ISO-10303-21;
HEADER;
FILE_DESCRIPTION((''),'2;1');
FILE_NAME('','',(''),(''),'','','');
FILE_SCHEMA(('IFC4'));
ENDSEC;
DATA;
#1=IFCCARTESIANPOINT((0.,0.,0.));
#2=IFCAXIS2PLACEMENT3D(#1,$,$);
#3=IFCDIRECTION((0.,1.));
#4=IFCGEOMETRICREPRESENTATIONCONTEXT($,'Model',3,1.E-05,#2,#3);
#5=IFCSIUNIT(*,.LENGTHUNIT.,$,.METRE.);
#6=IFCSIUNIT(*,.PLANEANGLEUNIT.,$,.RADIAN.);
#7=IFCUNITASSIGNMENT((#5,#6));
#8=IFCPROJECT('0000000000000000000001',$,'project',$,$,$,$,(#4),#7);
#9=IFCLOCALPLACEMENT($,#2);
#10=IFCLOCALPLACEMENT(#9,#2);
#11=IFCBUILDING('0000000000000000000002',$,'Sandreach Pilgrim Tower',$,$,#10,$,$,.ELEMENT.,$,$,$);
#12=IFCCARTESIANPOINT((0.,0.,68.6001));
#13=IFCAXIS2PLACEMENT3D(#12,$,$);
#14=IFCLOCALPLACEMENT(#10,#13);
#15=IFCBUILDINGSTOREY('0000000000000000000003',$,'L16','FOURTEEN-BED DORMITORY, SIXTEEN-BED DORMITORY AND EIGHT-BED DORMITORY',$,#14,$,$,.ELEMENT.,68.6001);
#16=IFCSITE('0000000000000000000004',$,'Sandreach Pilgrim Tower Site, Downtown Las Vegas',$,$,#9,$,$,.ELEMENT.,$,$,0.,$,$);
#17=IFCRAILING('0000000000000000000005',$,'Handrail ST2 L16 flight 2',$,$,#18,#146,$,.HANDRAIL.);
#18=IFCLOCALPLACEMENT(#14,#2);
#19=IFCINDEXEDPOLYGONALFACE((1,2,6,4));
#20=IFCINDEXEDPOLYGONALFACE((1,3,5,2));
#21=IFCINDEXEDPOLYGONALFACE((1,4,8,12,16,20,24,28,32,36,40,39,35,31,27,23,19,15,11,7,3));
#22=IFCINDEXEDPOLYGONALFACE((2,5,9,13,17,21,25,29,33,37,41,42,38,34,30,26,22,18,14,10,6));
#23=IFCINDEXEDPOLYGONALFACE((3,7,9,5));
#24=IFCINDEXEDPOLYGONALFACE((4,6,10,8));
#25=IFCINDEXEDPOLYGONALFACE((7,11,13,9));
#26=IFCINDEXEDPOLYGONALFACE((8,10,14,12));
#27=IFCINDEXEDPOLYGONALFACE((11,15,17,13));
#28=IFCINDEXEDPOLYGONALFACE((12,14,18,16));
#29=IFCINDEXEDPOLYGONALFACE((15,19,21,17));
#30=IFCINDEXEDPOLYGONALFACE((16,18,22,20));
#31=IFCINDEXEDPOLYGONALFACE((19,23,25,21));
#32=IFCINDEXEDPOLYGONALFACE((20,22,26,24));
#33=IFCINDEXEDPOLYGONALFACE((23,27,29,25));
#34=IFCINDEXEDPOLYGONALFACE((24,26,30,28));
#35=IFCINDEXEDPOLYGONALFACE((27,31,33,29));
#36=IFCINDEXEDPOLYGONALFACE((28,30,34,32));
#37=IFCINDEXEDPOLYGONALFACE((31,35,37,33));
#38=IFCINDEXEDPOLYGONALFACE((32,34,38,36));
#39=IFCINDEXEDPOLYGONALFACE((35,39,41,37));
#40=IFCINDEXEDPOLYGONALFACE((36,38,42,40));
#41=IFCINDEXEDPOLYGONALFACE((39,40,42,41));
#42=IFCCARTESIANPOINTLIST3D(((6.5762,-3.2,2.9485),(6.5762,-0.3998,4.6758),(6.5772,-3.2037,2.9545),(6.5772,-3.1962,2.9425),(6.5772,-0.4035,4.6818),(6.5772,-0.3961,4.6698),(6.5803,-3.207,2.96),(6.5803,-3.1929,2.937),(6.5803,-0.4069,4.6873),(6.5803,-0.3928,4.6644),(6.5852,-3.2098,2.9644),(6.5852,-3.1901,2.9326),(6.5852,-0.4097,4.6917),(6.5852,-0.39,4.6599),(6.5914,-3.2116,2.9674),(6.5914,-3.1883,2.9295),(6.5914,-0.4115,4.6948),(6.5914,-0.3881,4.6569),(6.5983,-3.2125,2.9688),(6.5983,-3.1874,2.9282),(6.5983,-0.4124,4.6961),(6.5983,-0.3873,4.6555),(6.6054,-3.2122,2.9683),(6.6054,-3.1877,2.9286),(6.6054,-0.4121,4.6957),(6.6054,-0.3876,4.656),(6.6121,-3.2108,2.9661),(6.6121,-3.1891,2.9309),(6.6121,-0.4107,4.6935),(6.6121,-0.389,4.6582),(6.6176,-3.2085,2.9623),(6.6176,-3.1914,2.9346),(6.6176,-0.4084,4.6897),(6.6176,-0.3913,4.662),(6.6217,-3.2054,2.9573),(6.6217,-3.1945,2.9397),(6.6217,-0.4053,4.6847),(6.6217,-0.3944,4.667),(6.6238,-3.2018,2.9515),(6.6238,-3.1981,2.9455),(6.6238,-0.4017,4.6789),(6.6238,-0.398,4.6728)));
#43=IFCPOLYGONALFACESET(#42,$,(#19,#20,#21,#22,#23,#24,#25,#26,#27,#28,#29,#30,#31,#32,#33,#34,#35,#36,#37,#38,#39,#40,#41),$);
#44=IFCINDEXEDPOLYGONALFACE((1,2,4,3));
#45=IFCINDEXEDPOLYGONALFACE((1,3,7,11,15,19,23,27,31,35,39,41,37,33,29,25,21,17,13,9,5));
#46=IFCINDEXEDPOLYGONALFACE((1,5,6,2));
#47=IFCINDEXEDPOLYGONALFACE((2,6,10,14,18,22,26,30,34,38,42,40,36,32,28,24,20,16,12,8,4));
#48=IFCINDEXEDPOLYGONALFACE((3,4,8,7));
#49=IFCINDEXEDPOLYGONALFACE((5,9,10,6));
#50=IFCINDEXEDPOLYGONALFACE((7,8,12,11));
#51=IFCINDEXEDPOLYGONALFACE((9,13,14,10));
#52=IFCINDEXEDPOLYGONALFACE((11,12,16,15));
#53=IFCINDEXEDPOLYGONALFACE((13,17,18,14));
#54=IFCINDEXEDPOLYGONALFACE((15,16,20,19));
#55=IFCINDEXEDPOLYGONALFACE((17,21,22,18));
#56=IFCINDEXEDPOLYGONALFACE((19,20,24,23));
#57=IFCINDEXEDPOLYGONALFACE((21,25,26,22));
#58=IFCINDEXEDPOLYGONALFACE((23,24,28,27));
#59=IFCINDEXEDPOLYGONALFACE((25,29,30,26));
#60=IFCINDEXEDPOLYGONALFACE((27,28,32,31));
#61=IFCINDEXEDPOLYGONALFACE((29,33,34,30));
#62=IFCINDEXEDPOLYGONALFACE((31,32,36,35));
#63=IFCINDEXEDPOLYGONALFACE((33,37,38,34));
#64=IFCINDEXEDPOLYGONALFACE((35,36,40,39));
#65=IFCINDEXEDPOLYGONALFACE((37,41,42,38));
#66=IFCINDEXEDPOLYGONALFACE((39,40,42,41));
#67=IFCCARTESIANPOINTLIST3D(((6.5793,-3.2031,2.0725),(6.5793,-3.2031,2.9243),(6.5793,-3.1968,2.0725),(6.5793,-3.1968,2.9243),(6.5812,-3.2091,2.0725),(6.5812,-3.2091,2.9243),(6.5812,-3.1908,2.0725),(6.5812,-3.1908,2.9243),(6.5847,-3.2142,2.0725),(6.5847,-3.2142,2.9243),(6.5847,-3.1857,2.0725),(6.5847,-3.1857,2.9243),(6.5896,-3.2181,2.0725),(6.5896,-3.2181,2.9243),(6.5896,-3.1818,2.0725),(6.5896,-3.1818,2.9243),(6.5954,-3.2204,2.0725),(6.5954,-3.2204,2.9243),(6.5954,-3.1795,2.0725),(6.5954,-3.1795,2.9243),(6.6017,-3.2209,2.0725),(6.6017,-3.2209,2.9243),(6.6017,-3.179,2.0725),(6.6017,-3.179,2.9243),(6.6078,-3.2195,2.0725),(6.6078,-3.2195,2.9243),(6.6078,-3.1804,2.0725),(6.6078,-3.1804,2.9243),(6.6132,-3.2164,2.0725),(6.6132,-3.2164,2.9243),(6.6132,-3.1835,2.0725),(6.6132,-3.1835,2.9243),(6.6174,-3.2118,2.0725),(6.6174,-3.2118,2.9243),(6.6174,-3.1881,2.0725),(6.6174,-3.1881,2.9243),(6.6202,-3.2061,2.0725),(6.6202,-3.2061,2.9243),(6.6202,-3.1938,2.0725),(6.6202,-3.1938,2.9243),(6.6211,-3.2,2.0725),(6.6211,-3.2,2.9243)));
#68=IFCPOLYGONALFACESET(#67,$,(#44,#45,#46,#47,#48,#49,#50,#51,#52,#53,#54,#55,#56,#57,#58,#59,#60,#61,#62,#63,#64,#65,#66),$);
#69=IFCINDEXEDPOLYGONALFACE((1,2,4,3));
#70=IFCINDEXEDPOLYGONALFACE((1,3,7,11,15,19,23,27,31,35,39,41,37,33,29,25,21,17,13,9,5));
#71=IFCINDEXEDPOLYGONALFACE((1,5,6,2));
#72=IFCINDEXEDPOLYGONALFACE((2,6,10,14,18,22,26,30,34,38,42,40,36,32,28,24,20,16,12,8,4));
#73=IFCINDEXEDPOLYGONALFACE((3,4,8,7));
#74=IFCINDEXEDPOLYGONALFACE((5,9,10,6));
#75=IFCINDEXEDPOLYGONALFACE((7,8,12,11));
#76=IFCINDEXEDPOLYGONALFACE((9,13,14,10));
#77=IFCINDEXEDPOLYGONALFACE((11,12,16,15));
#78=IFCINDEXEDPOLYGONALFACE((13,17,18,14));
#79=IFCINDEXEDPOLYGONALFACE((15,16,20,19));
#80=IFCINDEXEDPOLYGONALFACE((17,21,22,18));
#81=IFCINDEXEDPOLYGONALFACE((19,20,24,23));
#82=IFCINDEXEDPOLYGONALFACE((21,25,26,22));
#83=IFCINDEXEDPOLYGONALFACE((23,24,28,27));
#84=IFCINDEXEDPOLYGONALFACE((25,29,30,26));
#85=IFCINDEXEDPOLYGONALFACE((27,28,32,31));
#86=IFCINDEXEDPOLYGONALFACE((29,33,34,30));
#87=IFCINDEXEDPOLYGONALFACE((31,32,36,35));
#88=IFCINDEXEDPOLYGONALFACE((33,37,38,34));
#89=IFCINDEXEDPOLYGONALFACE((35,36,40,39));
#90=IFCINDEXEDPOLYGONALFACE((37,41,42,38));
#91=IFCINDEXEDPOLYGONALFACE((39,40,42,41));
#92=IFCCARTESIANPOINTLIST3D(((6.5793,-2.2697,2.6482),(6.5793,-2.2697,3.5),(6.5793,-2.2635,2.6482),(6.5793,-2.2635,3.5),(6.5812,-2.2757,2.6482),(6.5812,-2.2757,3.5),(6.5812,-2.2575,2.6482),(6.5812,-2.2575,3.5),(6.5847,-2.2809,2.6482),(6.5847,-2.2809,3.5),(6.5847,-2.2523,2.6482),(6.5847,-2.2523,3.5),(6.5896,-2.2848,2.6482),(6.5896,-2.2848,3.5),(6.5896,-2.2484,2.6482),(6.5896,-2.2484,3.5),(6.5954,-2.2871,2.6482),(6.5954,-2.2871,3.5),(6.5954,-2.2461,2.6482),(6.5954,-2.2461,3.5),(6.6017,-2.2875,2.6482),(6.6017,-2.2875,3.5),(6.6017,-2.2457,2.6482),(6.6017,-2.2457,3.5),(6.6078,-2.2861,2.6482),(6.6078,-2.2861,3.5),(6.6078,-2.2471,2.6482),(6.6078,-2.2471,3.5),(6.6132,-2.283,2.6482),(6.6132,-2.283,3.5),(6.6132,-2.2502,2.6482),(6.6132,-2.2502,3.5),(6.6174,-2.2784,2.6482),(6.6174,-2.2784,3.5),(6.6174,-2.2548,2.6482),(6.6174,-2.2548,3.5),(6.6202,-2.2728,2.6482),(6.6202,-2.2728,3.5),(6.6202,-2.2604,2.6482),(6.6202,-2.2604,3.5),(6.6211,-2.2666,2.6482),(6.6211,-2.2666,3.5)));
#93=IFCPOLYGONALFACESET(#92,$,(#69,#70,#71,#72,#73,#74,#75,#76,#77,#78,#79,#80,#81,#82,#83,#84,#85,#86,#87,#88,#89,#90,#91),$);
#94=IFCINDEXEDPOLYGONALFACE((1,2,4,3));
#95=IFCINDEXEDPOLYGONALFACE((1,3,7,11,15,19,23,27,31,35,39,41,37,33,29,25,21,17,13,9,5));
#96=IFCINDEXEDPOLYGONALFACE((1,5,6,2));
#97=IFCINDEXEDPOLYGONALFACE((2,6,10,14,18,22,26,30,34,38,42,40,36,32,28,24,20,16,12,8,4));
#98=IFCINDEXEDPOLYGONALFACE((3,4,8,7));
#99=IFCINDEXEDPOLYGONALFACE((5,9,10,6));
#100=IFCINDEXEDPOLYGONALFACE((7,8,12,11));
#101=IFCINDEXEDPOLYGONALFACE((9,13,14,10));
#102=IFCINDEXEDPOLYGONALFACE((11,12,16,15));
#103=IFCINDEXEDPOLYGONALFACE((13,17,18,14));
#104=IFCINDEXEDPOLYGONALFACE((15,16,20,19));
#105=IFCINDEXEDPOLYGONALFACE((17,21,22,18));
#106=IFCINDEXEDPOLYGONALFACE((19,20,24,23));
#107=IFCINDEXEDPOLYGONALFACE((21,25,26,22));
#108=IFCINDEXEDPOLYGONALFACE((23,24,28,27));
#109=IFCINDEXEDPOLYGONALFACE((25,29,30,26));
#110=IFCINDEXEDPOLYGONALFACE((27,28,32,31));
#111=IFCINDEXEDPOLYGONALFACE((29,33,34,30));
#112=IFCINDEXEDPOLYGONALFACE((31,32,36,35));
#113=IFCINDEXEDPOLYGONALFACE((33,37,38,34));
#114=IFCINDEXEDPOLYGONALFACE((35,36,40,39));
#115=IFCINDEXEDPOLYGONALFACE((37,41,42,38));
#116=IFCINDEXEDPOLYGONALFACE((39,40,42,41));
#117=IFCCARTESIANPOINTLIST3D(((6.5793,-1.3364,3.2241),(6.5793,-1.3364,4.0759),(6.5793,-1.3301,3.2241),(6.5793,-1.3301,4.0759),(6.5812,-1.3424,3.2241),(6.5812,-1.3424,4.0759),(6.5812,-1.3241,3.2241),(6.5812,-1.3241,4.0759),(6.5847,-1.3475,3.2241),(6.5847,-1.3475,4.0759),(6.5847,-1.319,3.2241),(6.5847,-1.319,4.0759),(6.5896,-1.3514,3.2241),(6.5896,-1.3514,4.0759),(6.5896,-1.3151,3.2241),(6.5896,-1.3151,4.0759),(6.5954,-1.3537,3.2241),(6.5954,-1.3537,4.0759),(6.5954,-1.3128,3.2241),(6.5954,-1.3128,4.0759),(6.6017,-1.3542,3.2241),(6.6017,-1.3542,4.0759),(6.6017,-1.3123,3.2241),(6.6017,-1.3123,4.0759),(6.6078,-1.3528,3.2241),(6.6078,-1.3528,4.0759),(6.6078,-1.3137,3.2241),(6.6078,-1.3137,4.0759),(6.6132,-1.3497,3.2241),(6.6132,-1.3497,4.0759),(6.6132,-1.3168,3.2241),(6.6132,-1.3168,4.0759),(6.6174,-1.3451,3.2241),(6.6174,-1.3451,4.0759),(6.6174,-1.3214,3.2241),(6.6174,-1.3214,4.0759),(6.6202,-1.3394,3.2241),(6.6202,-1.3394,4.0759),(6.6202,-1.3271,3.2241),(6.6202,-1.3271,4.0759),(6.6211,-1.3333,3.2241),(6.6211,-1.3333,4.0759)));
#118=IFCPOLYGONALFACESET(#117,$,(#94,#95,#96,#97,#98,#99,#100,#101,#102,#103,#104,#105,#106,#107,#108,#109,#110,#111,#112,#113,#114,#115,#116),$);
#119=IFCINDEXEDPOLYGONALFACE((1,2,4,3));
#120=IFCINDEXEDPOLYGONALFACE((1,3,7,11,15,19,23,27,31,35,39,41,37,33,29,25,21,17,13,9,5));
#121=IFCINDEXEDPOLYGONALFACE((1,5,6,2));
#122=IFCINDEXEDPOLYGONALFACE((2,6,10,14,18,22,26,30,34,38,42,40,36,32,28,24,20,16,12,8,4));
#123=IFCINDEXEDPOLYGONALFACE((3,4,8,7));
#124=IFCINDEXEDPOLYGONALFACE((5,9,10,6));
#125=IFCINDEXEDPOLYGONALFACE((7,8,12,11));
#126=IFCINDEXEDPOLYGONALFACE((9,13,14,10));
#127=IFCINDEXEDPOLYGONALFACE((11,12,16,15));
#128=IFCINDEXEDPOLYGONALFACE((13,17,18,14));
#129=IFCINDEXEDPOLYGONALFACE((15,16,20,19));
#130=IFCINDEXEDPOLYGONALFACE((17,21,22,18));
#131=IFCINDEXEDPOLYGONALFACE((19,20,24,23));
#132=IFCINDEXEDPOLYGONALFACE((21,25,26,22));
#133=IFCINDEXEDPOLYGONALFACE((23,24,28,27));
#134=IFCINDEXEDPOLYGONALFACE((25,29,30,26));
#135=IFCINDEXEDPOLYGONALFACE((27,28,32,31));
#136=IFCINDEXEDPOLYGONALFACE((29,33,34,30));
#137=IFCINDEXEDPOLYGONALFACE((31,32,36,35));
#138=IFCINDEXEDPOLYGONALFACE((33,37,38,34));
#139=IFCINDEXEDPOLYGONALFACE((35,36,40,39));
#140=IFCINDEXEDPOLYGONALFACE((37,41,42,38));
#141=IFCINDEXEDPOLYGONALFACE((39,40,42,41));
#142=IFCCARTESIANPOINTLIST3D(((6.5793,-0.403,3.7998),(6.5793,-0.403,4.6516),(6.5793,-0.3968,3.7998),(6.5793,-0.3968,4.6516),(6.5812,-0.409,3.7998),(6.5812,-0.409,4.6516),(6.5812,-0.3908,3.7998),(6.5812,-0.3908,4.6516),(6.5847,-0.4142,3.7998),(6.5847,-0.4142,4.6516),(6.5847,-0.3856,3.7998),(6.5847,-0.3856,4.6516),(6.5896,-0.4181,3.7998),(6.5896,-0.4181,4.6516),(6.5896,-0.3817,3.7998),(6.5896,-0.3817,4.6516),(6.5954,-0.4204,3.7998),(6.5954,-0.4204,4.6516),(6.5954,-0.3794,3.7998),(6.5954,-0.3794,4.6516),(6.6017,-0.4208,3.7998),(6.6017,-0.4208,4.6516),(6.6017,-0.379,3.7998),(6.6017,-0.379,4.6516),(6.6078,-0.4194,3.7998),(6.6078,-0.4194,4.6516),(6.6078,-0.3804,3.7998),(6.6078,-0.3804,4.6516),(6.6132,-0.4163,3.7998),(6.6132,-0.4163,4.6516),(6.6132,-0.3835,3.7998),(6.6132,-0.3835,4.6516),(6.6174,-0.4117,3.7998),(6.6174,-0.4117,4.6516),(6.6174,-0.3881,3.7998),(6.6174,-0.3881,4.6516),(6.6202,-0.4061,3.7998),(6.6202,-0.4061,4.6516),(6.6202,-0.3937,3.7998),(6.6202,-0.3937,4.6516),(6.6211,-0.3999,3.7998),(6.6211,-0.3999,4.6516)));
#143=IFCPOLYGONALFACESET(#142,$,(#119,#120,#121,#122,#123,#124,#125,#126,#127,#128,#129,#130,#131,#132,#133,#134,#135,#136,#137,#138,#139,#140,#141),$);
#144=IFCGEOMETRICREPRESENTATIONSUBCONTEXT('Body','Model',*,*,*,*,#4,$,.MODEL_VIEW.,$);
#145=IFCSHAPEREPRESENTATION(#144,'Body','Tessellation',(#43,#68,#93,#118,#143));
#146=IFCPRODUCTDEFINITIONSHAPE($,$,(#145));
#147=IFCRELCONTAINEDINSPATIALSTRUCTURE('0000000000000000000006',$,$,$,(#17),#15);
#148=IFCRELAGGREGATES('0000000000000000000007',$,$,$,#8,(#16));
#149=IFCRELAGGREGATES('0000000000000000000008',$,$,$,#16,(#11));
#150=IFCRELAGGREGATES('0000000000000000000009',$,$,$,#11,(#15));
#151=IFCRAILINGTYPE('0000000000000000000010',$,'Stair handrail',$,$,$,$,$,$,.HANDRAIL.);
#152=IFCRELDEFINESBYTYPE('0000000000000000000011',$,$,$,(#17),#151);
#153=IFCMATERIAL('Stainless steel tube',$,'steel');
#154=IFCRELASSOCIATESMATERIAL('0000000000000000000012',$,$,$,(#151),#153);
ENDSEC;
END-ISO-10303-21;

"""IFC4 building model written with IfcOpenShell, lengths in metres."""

from ifc_helpers import new_model, si_unit, direction, frame, origin, origin_2d, place, context, subcontext, project, spatial, circle, extrude, material, type_object, element, save


model = new_model("IFC4")

# Units and contexts
model_context = context("Model", 3, precision=1e-05, world=origin(), true_north=direction((0.0, 1.0)))
body_context = subcontext(model_context, "Body", "Model", "MODEL_VIEW")
ifc_project = project(units=[si_unit("LENGTHUNIT", "METRE"), si_unit("PLANEANGLEUNIT", "RADIAN")], contexts=[model_context])

# Site, building, storey
site_placement = place(None, origin())
site = spatial("IfcSite", under=ifc_project, at=site_placement, Name="Sandreach Pilgrim Tower Site, Downtown Las Vegas", CompositionType="ELEMENT", RefElevation=0.0)
building_placement = place(site_placement, origin())
building = spatial("IfcBuilding", under=site, at=building_placement, Name="Sandreach Pilgrim Tower", CompositionType="ELEMENT")
storey_placement = place(building_placement, frame((0.0, 0.0, 68.6001)))
storey = spatial("IfcBuildingStorey", under=building, at=storey_placement, Name="L16", Description="FOURTEEN-BED DORMITORY, SIXTEEN-BED DORMITORY AND EIGHT-BED DORMITORY", CompositionType="ELEMENT", Elevation=68.6001)

# Railing
ifc_material_1 = material(Name="Stainless steel tube", Category="steel")
railing_type = type_object("IfcRailingType", Name="Stair handrail", PredefinedType="HANDRAIL", material=ifc_material_1)
for number, where, name in (
    (1, (6.6001, -3.2, 2.0725), "Handrail ST2 L16 flight 2"),
):
    element("IfcRailing", number, at=place(storey_placement, frame(where)), inside=storey, type_object=railing_type, Name=name, PredefinedType="HANDRAIL", context=body_context, shape_type="SweptSolid", body=[
        extrude(circle(Radius=0.0239, at=origin_2d()), frame((0.0, 0.0, 0.876), z_axis=(0.0, 0.85109, 0.52502), x_axis=(-1.0, 0.0, 0.0)), (0.0, 0.0, 1.0), 3.29),
        extrude(circle(Radius=0.021, at=origin_2d()), origin(), (0.0, 0.0, 1.0), 0.8518),
        extrude(circle(Radius=0.021, at=origin_2d()), frame((0.0, 0.9333, 0.5757)), (0.0, 0.0, 1.0), 0.8518),
        extrude(circle(Radius=0.021, at=origin_2d()), frame((0.0, 1.8667, 1.1516)), (0.0, 0.0, 1.0), 0.8518),
        extrude(circle(Radius=0.021, at=origin_2d()), frame((0.0, 2.8, 1.7273)), (0.0, 0.0, 1.0), 0.8518),
    ])

save(model, "model.ifc")
